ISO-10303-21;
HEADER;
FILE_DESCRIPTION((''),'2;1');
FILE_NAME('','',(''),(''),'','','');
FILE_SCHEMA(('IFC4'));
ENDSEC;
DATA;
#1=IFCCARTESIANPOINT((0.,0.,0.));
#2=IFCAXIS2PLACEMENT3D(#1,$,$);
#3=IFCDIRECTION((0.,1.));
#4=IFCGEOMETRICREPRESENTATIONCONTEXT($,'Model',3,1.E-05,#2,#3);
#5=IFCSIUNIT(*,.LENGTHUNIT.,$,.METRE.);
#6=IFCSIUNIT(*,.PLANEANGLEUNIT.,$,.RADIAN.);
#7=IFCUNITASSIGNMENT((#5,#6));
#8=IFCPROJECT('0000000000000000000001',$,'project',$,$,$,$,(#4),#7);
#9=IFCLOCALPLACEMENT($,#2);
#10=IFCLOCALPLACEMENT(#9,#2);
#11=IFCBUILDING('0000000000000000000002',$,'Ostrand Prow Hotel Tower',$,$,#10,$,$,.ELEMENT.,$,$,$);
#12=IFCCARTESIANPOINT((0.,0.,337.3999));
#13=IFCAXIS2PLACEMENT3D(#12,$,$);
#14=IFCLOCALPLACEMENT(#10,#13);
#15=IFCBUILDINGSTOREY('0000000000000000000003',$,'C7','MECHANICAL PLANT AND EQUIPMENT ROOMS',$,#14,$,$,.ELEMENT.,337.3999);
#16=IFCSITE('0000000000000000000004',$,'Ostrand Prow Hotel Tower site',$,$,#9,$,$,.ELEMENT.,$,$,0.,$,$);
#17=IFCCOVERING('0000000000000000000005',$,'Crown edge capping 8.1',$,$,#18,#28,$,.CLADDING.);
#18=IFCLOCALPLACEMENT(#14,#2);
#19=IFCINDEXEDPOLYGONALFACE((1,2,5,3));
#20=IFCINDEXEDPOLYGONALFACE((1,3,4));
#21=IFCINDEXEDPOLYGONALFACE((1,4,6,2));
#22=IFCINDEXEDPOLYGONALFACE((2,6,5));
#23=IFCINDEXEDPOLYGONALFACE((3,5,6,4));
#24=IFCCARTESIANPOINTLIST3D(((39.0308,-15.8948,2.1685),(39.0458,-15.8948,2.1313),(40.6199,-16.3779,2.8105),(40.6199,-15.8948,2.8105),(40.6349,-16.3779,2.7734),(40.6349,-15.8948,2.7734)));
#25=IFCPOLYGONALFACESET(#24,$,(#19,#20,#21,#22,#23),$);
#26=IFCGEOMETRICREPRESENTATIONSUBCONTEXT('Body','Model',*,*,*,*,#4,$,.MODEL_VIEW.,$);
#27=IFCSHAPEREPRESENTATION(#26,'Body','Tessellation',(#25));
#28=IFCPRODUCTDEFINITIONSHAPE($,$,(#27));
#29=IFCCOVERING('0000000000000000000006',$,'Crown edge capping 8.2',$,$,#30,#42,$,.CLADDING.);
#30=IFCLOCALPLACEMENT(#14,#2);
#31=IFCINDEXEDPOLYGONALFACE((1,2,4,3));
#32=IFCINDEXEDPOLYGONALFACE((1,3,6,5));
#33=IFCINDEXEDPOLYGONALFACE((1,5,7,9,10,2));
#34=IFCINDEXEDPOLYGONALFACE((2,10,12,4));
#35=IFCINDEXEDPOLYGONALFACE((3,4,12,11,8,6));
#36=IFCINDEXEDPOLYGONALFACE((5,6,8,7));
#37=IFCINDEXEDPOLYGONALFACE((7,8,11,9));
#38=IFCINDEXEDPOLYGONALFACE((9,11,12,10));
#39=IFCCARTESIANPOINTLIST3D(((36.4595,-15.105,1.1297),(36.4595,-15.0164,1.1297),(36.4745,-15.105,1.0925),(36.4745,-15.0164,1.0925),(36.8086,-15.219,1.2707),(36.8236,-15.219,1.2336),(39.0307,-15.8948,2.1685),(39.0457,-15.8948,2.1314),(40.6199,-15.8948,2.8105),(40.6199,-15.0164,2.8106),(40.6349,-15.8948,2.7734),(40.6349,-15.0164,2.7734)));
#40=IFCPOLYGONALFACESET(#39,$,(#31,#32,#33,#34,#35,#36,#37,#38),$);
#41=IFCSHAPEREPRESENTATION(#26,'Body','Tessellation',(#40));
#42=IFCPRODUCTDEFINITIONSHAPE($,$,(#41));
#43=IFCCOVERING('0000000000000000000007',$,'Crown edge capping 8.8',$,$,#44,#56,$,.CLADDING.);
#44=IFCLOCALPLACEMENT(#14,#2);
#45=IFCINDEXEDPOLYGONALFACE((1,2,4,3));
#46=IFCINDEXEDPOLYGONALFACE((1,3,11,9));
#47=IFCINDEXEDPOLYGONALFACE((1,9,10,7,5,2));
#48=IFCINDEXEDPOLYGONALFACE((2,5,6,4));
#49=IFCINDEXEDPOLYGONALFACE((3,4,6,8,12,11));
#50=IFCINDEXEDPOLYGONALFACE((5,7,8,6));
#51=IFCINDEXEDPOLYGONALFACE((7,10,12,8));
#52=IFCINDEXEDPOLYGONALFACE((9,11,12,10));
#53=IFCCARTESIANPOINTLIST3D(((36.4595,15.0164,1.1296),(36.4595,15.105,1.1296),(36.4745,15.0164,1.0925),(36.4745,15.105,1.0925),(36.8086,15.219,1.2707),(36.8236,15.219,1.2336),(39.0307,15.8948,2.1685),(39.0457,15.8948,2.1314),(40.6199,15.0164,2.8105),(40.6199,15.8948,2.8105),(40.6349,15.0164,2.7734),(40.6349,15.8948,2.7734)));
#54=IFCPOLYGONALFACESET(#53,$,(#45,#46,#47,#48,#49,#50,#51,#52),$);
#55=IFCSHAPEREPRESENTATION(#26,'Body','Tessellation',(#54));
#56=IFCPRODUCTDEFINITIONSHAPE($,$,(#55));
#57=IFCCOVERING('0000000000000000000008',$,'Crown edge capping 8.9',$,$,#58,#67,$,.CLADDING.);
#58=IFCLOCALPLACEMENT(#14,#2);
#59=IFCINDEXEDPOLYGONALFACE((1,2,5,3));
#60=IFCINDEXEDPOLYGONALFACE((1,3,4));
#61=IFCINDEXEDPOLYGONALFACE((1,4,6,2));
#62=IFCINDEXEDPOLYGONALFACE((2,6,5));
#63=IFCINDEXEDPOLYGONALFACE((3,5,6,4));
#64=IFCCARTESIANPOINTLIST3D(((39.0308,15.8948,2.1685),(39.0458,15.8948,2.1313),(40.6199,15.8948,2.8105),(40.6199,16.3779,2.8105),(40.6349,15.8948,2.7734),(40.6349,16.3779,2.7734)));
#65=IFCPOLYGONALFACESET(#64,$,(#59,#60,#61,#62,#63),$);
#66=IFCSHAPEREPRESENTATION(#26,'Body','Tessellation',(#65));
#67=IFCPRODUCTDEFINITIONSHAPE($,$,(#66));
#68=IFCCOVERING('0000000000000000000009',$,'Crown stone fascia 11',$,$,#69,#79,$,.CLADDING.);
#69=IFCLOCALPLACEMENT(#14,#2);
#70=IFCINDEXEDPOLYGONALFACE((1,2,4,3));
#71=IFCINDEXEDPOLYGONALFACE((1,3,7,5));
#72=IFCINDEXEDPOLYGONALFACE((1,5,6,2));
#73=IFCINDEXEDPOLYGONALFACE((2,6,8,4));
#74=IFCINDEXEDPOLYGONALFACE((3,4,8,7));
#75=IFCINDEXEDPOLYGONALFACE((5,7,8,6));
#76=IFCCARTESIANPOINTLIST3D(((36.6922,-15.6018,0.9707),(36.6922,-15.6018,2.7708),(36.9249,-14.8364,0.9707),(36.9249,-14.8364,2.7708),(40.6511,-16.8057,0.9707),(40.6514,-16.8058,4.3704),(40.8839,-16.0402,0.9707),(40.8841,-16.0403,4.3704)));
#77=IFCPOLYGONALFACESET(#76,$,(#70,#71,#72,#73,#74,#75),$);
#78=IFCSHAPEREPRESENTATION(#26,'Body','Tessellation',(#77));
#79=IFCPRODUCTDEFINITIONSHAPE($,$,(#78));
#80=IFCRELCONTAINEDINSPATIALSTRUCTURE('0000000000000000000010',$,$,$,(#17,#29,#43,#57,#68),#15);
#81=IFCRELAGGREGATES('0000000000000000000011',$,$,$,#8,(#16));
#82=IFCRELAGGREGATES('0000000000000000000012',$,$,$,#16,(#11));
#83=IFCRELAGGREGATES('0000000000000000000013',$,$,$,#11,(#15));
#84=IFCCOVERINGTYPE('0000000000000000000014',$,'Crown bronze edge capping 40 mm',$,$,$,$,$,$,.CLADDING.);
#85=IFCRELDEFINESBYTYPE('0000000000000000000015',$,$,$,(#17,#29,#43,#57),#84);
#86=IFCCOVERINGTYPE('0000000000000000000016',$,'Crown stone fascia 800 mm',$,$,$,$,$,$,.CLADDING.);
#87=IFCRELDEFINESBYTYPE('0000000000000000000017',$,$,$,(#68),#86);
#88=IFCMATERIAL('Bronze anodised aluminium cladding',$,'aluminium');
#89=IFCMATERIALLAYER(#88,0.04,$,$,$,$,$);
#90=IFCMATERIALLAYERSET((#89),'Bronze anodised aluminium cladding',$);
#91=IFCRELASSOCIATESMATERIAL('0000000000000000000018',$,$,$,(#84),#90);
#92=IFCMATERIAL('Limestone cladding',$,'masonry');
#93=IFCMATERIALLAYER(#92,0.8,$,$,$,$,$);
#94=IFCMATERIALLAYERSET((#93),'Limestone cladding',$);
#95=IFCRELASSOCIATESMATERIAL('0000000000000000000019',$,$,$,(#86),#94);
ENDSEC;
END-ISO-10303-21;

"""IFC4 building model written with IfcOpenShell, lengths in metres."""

from ifc_helpers import new_model, si_unit, direction, frame, origin, place, context, subcontext, project, spatial, polyline, outline, extrude, material, layer, layer_set, type_object, element, save


model = new_model("IFC4")

# Units and contexts
model_context = context("Model", 3, precision=1e-05, world=origin(), true_north=direction((0.0, 1.0)))
body_context = subcontext(model_context, "Body", "Model", "MODEL_VIEW")
ifc_project = project(units=[si_unit("LENGTHUNIT", "METRE"), si_unit("PLANEANGLEUNIT", "RADIAN")], contexts=[model_context])

# Site, building, storey
site_placement = place(None, origin())
site = spatial("IfcSite", under=ifc_project, at=site_placement, Name="Ostrand Prow Hotel Tower site", CompositionType="ELEMENT", RefElevation=0.0)
building_placement = place(site_placement, origin())
building = spatial("IfcBuilding", under=site, at=building_placement, Name="Ostrand Prow Hotel Tower", CompositionType="ELEMENT")
storey_placement = place(building_placement, frame((0.0, 0.0, 337.3999)))
storey = spatial("IfcBuildingStorey", under=building, at=storey_placement, Name="C7", Description="MECHANICAL PLANT AND EQUIPMENT ROOMS", CompositionType="ELEMENT", Elevation=337.3999)

# Coverings
ifc_material_1 = material(Name="Bronze anodised aluminium cladding", Category="aluminium")
ifc_layer_1 = layer(ifc_material_1, 0.04)
ifc_layer_set_1 = layer_set([ifc_layer_1], Name="Bronze anodised aluminium cladding")
covering_type_1 = type_object("IfcCoveringType", Name="Crown bronze edge capping 40 mm", PredefinedType="CLADDING", material=ifc_layer_set_1)
covering_1_placement = place(storey_placement, frame((39.0308, -15.8948, 2.1685), z_axis=(-0.37463, 0.0, 0.927174), x_axis=(0.892394, -0.271324, 0.360577)))
element("IfcCovering", 1, at=covering_1_placement, inside=storey, type_object=covering_type_1, Name="Crown edge capping 8.1", PredefinedType="CLADDING", context=body_context, shape_type="SweptSolid", body=[
    extrude(outline(polyline([(0.0, 0.0), (1.7807, 0.0), (1.6496, 0.465), (0.0, 0.0)])), origin(), (0.0, 0.0, -1.0), 0.04),
])
covering_2_placement = place(storey_placement, frame((40.6199, -15.8948, 2.8105), z_axis=(-0.374604, -0.000005, 0.927185), x_axis=(-0.000002, 1.0, 0.000005)))
element("IfcCovering", 2, at=covering_2_placement, inside=storey, type_object=covering_type_1, Name="Crown edge capping 8.2", PredefinedType="CLADDING", context=body_context, shape_type="SweptSolid", body=[
    extrude(outline(polyline([(0.0, 0.0), (0.8784, 0.0), (0.8784, 4.4871), (0.7898, 4.4871), (0.6758, 4.1106), (0.0, 1.7139), (0.0, 0.0)])), origin(), (0.0, 0.0, -1.0), 0.04),
])
covering_3_placement = place(storey_placement, frame((36.4595, 15.105, 1.1296), z_axis=(-0.374604, 0.000005, 0.927185), x_axis=(-0.000002, -1.0, 0.000005)))
element("IfcCovering", 3, at=covering_3_placement, inside=storey, type_object=covering_type_1, Name="Crown edge capping 8.8", PredefinedType="CLADDING", context=body_context, shape_type="SweptSolid", body=[
    extrude(outline(polyline([(0.0, 0.0), (0.0886, 0.0), (0.0886, 4.4871), (-0.7898, 4.4871), (-0.7898, 2.7732), (-0.114, 0.3766), (0.0, 0.0)])), origin(), (0.0, 0.0, -1.0), 0.04),
])
covering_4_placement = place(storey_placement, frame((40.6199, 16.3779, 2.8105), z_axis=(-0.37463, 0.0, 0.927174), x_axis=(-0.892394, -0.271324, -0.360577)))
element("IfcCovering", 4, at=covering_4_placement, inside=storey, type_object=covering_type_1, Name="Crown edge capping 8.9", PredefinedType="CLADDING", context=body_context, shape_type="SweptSolid", body=[
    extrude(outline(polyline([(0.0, 0.0), (1.7807, 0.0), (0.1311, 0.465), (0.0, 0.0)])), origin(), (0.0, 0.0, -1.0), 0.04),
])
ifc_material_2 = material(Name="Limestone cladding", Category="masonry")
ifc_layer_2 = layer(ifc_material_2, 0.8)
ifc_layer_set_2 = layer_set([ifc_layer_2], Name="Limestone cladding")
covering_type_2 = type_object("IfcCoveringType", Name="Crown stone fascia 800 mm", PredefinedType="CLADDING", material=ifc_layer_set_2)
covering_5_placement = place(storey_placement, frame((36.8086, -15.219, 0.9707), z_axis=(0.0, 0.0, 1.0), x_axis=(0.956745, -0.290929, 0.0)))
element("IfcCovering", 5, at=covering_5_placement, inside=storey, type_object=covering_type_2, Name="Crown stone fascia 11", PredefinedType="CLADDING", context=body_context, shape_type="SweptSolid", body=[
    extrude(outline(polyline([(0.0, 0.0), (4.1379, 0.0), (4.1382, 3.3997), (0.0, 1.8), (0.0, 0.0)])), frame((0.0, 0.3999, 0.0), z_axis=(0.0, -1.0, 0.0), x_axis=(1.0, 0.0, 0.0)), (0.0, 0.0, 1.0), 0.8),
])

save(model, "model.ifc")
